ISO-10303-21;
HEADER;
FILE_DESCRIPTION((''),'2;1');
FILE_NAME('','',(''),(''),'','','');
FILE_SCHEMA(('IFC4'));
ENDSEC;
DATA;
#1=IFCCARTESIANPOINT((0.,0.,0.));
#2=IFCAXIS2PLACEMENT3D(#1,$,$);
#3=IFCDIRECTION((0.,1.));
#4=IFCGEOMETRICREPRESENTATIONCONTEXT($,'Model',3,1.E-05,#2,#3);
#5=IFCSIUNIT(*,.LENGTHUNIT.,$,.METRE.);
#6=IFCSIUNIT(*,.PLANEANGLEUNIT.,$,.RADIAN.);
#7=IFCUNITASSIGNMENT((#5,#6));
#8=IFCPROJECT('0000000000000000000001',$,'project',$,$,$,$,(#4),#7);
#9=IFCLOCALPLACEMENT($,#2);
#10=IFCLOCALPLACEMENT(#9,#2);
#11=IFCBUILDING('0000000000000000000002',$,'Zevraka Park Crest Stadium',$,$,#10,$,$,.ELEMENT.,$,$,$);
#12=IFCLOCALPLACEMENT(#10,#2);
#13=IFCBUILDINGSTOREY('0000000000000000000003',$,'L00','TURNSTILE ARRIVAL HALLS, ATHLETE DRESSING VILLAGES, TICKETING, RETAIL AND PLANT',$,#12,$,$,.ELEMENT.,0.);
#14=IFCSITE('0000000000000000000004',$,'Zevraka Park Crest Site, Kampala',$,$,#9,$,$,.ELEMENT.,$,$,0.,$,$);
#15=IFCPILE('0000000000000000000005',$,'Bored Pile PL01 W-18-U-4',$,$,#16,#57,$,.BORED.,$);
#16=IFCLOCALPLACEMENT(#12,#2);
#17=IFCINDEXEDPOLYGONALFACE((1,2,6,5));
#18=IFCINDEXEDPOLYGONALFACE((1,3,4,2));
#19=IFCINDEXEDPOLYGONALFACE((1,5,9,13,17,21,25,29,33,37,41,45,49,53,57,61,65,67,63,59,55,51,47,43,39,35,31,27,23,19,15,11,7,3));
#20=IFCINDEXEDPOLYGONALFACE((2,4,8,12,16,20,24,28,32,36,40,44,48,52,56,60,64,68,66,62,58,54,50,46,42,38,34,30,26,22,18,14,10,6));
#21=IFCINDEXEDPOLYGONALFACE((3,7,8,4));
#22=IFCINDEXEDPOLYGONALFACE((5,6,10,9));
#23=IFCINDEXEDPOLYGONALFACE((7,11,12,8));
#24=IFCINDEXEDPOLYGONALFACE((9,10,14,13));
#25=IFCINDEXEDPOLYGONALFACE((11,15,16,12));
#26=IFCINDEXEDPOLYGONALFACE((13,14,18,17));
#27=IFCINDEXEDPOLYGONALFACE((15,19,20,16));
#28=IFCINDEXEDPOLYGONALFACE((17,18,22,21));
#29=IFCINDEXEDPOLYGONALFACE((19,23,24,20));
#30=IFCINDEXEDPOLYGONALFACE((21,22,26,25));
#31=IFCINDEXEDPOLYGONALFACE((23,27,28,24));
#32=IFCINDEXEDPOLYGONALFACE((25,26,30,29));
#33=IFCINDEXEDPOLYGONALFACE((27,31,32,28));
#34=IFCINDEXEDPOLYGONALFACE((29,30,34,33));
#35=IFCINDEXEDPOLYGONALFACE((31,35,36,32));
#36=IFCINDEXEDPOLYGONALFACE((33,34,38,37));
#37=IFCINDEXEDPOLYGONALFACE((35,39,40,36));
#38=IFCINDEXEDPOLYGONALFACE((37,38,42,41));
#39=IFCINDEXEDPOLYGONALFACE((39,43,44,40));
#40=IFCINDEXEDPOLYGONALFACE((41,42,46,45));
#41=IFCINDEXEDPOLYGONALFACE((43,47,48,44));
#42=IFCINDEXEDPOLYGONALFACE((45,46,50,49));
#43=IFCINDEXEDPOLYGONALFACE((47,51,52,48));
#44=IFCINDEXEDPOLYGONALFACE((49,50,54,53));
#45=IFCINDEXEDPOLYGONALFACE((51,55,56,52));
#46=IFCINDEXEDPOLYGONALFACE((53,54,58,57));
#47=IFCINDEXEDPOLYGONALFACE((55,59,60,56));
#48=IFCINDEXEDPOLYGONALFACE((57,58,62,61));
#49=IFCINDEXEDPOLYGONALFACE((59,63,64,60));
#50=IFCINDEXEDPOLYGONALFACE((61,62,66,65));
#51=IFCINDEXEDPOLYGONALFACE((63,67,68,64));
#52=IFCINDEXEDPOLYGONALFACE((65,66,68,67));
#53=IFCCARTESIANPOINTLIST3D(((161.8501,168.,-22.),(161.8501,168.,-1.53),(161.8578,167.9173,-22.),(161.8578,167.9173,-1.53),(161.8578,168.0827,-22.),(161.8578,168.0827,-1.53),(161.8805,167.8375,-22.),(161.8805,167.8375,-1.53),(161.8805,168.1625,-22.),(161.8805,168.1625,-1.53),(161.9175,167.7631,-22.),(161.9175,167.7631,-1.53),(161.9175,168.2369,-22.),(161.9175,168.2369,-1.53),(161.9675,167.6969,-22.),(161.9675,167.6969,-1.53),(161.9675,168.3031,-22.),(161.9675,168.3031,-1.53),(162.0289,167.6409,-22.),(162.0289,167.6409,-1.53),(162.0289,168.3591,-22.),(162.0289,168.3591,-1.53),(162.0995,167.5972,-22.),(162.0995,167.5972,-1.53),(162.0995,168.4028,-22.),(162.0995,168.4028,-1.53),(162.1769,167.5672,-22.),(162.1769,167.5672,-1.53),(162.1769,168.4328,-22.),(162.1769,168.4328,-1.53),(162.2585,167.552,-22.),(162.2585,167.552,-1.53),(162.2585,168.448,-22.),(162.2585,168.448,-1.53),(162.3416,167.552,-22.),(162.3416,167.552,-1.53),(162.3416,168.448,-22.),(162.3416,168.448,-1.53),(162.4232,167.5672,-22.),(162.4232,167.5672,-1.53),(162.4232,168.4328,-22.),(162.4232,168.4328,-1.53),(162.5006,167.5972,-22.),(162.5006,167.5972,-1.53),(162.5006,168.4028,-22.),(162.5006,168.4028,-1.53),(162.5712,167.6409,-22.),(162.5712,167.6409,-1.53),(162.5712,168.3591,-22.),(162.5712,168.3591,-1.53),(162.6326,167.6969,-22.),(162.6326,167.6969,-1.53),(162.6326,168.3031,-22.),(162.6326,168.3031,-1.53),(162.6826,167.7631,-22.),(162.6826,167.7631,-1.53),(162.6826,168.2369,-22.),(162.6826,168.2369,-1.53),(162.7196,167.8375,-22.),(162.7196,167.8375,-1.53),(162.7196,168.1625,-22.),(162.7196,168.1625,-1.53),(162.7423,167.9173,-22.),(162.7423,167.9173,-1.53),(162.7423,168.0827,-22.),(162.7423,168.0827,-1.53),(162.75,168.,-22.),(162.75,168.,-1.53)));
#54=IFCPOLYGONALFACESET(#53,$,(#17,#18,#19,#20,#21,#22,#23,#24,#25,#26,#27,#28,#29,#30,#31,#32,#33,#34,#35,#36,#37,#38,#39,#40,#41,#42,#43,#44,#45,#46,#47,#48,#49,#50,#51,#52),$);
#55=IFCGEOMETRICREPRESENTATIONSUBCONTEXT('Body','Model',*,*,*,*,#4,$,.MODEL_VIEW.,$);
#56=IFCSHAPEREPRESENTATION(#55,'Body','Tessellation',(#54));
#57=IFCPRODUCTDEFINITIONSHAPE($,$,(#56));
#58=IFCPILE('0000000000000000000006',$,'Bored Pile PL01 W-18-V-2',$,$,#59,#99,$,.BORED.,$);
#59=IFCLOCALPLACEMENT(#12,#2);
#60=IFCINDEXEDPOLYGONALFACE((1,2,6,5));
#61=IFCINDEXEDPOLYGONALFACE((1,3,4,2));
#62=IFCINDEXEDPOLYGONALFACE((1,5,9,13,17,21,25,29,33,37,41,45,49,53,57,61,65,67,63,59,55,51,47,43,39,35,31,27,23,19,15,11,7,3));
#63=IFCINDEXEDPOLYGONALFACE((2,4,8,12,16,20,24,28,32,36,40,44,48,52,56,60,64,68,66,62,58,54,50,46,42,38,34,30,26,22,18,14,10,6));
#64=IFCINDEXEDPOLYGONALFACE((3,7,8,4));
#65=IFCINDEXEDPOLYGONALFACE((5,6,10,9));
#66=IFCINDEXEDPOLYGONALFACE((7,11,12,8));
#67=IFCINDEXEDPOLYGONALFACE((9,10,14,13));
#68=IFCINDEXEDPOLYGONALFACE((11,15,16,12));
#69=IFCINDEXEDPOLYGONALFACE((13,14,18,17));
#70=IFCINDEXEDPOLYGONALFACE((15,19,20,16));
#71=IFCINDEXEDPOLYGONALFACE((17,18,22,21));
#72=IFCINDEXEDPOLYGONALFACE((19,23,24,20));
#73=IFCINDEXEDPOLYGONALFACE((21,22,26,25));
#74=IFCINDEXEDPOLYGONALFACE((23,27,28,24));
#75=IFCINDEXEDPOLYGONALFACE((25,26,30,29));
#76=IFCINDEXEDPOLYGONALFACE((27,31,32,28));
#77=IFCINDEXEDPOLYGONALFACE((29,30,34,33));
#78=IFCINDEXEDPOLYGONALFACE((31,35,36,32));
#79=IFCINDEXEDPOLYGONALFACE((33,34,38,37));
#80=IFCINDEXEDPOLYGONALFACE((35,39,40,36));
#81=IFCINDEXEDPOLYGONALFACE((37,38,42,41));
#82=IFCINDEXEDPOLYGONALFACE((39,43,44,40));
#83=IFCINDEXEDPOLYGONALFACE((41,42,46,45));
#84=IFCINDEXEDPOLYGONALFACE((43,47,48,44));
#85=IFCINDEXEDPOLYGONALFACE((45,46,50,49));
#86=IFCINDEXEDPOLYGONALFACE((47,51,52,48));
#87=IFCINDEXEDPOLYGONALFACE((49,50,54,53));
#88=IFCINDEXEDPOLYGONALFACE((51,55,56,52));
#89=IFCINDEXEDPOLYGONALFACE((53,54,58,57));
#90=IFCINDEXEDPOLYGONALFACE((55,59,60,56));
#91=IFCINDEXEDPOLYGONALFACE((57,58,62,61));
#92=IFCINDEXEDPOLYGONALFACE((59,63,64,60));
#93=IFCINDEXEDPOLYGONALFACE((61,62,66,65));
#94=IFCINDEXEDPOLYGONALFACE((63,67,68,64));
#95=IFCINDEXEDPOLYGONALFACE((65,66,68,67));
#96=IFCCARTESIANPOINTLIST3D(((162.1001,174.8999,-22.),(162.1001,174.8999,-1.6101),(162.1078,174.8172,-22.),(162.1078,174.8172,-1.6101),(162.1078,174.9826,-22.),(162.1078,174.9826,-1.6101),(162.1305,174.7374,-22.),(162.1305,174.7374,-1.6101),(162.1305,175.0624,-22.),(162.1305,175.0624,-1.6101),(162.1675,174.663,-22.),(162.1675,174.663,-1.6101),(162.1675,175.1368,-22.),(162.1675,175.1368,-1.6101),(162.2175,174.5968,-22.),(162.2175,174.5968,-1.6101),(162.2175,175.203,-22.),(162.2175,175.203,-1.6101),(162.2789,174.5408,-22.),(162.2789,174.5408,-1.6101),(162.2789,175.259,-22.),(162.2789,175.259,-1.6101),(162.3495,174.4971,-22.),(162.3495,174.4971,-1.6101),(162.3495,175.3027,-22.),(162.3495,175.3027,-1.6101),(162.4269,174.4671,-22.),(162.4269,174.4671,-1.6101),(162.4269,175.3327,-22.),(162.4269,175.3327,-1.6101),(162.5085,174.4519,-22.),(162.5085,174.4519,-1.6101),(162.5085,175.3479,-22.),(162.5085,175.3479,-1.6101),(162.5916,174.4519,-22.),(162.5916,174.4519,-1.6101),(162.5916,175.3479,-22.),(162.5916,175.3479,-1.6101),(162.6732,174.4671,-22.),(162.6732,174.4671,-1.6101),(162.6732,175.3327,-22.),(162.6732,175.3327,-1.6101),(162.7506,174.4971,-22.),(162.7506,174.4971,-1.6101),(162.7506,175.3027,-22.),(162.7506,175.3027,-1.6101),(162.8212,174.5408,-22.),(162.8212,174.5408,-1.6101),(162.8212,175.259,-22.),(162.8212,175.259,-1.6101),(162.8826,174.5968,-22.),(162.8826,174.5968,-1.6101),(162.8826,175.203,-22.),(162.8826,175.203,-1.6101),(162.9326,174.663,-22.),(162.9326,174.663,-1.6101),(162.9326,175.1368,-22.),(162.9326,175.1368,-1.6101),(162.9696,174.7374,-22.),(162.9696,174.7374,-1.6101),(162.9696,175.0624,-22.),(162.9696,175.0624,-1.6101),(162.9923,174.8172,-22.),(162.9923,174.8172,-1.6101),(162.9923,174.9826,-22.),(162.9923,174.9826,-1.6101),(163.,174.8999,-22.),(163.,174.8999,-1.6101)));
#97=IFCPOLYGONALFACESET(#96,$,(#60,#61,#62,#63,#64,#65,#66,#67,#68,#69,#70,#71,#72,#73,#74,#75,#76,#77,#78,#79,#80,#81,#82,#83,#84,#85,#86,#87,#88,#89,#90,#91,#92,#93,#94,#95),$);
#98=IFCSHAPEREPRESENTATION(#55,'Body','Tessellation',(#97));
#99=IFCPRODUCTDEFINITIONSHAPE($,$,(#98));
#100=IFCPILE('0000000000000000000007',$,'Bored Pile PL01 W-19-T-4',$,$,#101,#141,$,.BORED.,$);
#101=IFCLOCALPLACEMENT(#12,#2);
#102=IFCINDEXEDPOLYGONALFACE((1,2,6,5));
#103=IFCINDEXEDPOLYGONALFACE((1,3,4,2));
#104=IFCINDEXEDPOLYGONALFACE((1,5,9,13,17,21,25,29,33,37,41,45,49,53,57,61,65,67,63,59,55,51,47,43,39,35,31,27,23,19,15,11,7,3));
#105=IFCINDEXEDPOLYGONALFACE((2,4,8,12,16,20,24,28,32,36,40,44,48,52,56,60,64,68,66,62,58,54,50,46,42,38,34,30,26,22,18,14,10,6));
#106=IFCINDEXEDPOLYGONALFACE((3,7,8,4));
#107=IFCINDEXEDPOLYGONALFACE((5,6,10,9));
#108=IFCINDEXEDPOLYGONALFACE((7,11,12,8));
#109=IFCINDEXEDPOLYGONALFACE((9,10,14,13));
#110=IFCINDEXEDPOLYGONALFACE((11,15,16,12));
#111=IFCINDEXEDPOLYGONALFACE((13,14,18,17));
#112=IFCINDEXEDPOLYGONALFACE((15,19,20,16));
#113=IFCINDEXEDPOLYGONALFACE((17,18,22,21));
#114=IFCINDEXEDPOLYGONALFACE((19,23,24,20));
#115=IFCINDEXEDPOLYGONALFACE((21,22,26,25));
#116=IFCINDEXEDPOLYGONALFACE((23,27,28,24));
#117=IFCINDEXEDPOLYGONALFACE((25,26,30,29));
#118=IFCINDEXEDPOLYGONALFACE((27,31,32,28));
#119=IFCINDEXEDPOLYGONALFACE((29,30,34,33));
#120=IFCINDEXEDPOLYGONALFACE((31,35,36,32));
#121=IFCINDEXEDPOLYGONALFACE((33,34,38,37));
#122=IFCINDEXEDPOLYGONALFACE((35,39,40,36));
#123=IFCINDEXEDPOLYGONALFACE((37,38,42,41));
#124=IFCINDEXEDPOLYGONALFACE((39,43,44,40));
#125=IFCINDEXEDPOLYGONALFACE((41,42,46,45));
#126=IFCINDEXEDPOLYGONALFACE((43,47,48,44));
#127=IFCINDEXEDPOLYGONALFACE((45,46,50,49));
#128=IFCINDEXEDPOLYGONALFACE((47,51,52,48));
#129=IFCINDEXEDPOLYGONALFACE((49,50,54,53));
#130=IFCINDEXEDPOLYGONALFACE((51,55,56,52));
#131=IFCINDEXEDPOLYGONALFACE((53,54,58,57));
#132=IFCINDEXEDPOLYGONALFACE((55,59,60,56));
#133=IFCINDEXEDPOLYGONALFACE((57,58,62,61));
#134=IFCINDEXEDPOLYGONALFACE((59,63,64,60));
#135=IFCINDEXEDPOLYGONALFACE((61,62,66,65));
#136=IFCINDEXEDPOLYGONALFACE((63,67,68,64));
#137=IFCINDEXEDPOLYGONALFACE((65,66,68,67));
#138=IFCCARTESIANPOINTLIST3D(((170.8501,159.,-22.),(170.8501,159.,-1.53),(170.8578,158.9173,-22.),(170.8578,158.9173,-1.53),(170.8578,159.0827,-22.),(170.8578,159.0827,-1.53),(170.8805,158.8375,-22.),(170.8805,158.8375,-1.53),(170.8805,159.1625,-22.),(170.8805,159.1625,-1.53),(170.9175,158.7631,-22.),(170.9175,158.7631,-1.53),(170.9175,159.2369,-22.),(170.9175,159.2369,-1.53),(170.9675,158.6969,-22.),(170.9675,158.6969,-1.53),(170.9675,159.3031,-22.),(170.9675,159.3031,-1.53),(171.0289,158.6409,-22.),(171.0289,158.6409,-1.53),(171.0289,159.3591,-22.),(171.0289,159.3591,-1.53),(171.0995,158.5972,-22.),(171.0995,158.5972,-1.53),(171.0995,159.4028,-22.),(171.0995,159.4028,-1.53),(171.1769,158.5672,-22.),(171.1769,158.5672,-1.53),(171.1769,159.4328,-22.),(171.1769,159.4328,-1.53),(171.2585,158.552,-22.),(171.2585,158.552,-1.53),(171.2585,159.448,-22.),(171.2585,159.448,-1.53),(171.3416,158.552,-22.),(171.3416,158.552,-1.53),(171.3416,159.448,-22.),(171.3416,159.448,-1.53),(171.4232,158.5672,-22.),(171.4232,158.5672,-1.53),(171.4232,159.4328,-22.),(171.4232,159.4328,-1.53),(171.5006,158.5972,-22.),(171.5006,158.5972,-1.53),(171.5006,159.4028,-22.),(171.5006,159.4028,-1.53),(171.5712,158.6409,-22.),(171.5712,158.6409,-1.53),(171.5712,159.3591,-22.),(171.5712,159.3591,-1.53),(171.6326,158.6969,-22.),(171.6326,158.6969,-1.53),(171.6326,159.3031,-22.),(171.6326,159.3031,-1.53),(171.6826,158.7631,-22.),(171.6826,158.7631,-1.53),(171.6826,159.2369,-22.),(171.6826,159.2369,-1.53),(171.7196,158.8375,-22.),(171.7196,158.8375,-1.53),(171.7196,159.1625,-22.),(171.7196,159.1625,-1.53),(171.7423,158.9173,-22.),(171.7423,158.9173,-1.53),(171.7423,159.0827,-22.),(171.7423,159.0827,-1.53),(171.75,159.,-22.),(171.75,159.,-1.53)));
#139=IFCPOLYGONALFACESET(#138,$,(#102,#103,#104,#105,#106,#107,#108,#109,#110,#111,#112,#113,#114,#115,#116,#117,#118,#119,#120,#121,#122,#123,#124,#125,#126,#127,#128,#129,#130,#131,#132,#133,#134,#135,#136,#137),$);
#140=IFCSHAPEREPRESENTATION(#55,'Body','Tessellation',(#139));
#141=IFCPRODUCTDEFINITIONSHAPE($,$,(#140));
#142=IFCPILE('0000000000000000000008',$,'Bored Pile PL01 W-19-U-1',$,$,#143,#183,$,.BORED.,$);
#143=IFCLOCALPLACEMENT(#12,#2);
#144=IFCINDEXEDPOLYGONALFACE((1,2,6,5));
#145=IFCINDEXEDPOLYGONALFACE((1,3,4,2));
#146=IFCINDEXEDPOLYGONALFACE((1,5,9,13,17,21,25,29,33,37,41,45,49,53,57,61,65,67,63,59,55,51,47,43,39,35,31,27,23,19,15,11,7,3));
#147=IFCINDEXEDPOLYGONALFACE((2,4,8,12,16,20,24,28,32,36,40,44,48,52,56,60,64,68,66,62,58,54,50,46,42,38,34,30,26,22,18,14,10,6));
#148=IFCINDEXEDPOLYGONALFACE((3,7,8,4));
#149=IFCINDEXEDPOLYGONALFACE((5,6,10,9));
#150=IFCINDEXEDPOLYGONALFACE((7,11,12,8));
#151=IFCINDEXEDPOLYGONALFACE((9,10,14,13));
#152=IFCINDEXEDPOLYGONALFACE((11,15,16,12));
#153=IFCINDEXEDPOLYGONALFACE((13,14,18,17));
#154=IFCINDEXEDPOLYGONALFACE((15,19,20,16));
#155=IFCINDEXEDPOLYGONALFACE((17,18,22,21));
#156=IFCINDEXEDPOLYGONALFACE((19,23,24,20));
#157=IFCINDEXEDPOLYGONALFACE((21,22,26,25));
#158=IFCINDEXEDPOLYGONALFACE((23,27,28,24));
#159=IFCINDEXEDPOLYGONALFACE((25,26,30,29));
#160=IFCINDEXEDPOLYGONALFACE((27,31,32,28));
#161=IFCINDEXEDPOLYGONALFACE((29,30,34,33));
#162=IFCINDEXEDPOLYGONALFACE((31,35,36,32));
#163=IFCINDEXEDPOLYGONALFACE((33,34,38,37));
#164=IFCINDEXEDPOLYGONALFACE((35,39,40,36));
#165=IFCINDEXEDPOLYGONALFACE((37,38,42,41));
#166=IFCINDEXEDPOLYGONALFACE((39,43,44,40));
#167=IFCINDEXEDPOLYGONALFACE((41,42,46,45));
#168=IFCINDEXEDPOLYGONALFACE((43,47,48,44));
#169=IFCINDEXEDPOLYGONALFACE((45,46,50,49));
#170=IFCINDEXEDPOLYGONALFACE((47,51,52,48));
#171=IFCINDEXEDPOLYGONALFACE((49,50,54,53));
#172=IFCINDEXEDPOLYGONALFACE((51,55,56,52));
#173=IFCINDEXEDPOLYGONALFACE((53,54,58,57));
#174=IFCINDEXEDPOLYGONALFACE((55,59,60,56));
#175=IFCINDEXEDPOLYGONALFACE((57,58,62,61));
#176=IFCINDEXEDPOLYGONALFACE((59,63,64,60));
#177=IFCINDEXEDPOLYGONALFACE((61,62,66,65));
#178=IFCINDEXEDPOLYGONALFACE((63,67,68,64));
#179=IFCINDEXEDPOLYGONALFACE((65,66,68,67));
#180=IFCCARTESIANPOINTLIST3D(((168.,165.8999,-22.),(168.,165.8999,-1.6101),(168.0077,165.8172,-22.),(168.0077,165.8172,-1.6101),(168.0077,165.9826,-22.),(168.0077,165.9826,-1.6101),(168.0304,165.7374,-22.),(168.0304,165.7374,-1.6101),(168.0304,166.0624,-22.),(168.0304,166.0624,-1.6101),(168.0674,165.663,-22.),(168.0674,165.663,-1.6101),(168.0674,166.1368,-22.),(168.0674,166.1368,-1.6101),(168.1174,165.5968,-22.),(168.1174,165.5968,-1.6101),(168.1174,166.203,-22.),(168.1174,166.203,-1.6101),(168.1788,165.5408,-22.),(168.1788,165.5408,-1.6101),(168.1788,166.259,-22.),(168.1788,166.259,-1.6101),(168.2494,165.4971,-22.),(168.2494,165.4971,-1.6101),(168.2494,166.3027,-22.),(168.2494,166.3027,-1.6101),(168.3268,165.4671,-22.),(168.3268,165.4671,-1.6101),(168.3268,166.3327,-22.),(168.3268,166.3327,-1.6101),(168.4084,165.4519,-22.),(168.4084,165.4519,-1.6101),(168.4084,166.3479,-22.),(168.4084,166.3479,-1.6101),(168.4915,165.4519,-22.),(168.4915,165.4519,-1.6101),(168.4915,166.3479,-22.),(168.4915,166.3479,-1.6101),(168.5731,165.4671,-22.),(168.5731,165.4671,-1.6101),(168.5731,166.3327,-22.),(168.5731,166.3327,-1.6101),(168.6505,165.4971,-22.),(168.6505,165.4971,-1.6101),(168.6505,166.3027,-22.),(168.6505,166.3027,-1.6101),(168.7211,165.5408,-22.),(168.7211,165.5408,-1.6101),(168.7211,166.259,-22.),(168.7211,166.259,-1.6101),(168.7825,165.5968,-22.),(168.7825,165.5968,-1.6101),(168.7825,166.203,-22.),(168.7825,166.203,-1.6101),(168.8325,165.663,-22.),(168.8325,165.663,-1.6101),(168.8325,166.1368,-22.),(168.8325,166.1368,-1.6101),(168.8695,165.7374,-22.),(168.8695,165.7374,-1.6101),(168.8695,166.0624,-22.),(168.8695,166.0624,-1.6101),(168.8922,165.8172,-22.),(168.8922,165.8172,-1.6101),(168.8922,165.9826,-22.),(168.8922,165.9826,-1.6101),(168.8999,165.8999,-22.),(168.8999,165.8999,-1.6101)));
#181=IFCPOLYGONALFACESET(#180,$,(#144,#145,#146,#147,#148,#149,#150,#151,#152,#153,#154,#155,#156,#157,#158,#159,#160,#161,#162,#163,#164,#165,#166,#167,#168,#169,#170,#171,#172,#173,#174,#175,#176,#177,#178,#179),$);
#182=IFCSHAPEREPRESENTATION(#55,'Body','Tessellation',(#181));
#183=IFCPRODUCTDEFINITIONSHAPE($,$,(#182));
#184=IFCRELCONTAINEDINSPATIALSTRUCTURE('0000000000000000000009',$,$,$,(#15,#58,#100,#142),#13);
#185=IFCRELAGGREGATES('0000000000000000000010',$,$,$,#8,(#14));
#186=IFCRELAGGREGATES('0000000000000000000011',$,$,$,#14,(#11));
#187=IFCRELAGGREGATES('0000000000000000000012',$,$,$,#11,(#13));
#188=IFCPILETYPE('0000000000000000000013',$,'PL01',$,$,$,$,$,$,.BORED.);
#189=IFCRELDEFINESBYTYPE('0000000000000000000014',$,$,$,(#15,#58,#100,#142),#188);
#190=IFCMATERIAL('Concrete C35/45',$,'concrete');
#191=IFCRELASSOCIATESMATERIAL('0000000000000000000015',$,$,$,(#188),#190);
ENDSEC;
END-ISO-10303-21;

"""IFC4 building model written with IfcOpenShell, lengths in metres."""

from ifc_helpers import new_model, si_unit, direction, frame, origin, origin_2d, place, context, subcontext, project, spatial, circle, extrude, material, material_profile, profile_set, type_object, element, save


model = new_model("IFC4")

# Units and contexts
model_context = context("Model", 3, precision=1e-05, world=origin(), true_north=direction((0.0, 1.0)))
body_context = subcontext(model_context, "Body", "Model", "MODEL_VIEW")
ifc_project = project(units=[si_unit("LENGTHUNIT", "METRE"), si_unit("PLANEANGLEUNIT", "RADIAN")], contexts=[model_context])

# Site, building, storey
site_placement = place(None, origin())
site = spatial("IfcSite", under=ifc_project, at=site_placement, Name="Zevraka Park Crest Site, Kampala", CompositionType="ELEMENT", RefElevation=0.0)
building_placement = place(site_placement, origin())
building = spatial("IfcBuilding", under=site, at=building_placement, Name="Zevraka Park Crest Stadium", CompositionType="ELEMENT")
storey_placement = place(building_placement, origin())
storey = spatial("IfcBuildingStorey", under=building, at=storey_placement, Name="L00", Description="TURNSTILE ARRIVAL HALLS, ATHLETE DRESSING VILLAGES, TICKETING, RETAIL AND PLANT", CompositionType="ELEMENT", Elevation=0.0)

# Piles
ifc_material_1 = material(Name="Concrete C35/45", Category="concrete")
ifc_material_profile_1 = material_profile(ifc_material_1, circle(Radius=0.45, at=origin_2d()), Name="PILE D900")
ifc_profile_set_1 = profile_set([ifc_material_profile_1], Name="Concrete C35/45")
pile_type_1 = type_object("IfcPileType", Name="PL01", PredefinedType="BORED", material=ifc_profile_set_1)
for number, where, z_axis, x_axis, name in (
    (1, (162.3, 168.0, -1.53), (0.0, 0.0, -1.0), (1.0, 0.0, 0.0), "Bored Pile PL01 W-18-U-4"),
):
    element("IfcPile", number, at=place(storey_placement, frame(where, z_axis=z_axis, x_axis=x_axis)), inside=storey, type_object=pile_type_1, Name=name, PredefinedType="BORED", context=body_context, shape_type="SweptSolid", body=[
        extrude(circle(Radius=0.45, at=origin_2d()), origin(), (0.0, 0.0, 1.0), 20.47),
    ])
pile_1_placement = place(storey_placement, frame((162.55, 174.8999, -1.6101), z_axis=(0.0, 0.0, -1.0), x_axis=(1.0, 0.0, 0.0)))
element("IfcPile", 2, at=pile_1_placement, inside=storey, type_object=pile_type_1, Name="Bored Pile PL01 W-18-V-2", PredefinedType="BORED", context=body_context, shape_type="SweptSolid", body=[
    extrude(circle(Radius=0.45, at=origin_2d()), origin(), (0.0, 0.0, 1.0), 20.3899),
])
pile_2_placement = place(storey_placement, frame((171.3, 159.0, -1.53), z_axis=(0.0, 0.0, -1.0), x_axis=(1.0, 0.0, 0.0)))
element("IfcPile", 3, at=pile_2_placement, inside=storey, type_object=pile_type_1, Name="Bored Pile PL01 W-19-T-4", PredefinedType="BORED", context=body_context, shape_type="SweptSolid", body=[
    extrude(circle(Radius=0.45, at=origin_2d()), origin(), (0.0, 0.0, 1.0), 20.47),
])
for number, where, z_axis, x_axis, name in (
    (4, (168.45, 165.8999, -1.6101), (0.0, 0.0, -1.0), (1.0, 0.0, 0.0), "Bored Pile PL01 W-19-U-1"),
):
    element("IfcPile", number, at=place(storey_placement, frame(where, z_axis=z_axis, x_axis=x_axis)), inside=storey, type_object=pile_type_1, Name=name, PredefinedType="BORED", context=body_context, shape_type="SweptSolid", body=[
        extrude(circle(Radius=0.45, at=origin_2d()), origin(), (0.0, 0.0, 1.0), 20.3899),
    ])

save(model, "model.ifc")
